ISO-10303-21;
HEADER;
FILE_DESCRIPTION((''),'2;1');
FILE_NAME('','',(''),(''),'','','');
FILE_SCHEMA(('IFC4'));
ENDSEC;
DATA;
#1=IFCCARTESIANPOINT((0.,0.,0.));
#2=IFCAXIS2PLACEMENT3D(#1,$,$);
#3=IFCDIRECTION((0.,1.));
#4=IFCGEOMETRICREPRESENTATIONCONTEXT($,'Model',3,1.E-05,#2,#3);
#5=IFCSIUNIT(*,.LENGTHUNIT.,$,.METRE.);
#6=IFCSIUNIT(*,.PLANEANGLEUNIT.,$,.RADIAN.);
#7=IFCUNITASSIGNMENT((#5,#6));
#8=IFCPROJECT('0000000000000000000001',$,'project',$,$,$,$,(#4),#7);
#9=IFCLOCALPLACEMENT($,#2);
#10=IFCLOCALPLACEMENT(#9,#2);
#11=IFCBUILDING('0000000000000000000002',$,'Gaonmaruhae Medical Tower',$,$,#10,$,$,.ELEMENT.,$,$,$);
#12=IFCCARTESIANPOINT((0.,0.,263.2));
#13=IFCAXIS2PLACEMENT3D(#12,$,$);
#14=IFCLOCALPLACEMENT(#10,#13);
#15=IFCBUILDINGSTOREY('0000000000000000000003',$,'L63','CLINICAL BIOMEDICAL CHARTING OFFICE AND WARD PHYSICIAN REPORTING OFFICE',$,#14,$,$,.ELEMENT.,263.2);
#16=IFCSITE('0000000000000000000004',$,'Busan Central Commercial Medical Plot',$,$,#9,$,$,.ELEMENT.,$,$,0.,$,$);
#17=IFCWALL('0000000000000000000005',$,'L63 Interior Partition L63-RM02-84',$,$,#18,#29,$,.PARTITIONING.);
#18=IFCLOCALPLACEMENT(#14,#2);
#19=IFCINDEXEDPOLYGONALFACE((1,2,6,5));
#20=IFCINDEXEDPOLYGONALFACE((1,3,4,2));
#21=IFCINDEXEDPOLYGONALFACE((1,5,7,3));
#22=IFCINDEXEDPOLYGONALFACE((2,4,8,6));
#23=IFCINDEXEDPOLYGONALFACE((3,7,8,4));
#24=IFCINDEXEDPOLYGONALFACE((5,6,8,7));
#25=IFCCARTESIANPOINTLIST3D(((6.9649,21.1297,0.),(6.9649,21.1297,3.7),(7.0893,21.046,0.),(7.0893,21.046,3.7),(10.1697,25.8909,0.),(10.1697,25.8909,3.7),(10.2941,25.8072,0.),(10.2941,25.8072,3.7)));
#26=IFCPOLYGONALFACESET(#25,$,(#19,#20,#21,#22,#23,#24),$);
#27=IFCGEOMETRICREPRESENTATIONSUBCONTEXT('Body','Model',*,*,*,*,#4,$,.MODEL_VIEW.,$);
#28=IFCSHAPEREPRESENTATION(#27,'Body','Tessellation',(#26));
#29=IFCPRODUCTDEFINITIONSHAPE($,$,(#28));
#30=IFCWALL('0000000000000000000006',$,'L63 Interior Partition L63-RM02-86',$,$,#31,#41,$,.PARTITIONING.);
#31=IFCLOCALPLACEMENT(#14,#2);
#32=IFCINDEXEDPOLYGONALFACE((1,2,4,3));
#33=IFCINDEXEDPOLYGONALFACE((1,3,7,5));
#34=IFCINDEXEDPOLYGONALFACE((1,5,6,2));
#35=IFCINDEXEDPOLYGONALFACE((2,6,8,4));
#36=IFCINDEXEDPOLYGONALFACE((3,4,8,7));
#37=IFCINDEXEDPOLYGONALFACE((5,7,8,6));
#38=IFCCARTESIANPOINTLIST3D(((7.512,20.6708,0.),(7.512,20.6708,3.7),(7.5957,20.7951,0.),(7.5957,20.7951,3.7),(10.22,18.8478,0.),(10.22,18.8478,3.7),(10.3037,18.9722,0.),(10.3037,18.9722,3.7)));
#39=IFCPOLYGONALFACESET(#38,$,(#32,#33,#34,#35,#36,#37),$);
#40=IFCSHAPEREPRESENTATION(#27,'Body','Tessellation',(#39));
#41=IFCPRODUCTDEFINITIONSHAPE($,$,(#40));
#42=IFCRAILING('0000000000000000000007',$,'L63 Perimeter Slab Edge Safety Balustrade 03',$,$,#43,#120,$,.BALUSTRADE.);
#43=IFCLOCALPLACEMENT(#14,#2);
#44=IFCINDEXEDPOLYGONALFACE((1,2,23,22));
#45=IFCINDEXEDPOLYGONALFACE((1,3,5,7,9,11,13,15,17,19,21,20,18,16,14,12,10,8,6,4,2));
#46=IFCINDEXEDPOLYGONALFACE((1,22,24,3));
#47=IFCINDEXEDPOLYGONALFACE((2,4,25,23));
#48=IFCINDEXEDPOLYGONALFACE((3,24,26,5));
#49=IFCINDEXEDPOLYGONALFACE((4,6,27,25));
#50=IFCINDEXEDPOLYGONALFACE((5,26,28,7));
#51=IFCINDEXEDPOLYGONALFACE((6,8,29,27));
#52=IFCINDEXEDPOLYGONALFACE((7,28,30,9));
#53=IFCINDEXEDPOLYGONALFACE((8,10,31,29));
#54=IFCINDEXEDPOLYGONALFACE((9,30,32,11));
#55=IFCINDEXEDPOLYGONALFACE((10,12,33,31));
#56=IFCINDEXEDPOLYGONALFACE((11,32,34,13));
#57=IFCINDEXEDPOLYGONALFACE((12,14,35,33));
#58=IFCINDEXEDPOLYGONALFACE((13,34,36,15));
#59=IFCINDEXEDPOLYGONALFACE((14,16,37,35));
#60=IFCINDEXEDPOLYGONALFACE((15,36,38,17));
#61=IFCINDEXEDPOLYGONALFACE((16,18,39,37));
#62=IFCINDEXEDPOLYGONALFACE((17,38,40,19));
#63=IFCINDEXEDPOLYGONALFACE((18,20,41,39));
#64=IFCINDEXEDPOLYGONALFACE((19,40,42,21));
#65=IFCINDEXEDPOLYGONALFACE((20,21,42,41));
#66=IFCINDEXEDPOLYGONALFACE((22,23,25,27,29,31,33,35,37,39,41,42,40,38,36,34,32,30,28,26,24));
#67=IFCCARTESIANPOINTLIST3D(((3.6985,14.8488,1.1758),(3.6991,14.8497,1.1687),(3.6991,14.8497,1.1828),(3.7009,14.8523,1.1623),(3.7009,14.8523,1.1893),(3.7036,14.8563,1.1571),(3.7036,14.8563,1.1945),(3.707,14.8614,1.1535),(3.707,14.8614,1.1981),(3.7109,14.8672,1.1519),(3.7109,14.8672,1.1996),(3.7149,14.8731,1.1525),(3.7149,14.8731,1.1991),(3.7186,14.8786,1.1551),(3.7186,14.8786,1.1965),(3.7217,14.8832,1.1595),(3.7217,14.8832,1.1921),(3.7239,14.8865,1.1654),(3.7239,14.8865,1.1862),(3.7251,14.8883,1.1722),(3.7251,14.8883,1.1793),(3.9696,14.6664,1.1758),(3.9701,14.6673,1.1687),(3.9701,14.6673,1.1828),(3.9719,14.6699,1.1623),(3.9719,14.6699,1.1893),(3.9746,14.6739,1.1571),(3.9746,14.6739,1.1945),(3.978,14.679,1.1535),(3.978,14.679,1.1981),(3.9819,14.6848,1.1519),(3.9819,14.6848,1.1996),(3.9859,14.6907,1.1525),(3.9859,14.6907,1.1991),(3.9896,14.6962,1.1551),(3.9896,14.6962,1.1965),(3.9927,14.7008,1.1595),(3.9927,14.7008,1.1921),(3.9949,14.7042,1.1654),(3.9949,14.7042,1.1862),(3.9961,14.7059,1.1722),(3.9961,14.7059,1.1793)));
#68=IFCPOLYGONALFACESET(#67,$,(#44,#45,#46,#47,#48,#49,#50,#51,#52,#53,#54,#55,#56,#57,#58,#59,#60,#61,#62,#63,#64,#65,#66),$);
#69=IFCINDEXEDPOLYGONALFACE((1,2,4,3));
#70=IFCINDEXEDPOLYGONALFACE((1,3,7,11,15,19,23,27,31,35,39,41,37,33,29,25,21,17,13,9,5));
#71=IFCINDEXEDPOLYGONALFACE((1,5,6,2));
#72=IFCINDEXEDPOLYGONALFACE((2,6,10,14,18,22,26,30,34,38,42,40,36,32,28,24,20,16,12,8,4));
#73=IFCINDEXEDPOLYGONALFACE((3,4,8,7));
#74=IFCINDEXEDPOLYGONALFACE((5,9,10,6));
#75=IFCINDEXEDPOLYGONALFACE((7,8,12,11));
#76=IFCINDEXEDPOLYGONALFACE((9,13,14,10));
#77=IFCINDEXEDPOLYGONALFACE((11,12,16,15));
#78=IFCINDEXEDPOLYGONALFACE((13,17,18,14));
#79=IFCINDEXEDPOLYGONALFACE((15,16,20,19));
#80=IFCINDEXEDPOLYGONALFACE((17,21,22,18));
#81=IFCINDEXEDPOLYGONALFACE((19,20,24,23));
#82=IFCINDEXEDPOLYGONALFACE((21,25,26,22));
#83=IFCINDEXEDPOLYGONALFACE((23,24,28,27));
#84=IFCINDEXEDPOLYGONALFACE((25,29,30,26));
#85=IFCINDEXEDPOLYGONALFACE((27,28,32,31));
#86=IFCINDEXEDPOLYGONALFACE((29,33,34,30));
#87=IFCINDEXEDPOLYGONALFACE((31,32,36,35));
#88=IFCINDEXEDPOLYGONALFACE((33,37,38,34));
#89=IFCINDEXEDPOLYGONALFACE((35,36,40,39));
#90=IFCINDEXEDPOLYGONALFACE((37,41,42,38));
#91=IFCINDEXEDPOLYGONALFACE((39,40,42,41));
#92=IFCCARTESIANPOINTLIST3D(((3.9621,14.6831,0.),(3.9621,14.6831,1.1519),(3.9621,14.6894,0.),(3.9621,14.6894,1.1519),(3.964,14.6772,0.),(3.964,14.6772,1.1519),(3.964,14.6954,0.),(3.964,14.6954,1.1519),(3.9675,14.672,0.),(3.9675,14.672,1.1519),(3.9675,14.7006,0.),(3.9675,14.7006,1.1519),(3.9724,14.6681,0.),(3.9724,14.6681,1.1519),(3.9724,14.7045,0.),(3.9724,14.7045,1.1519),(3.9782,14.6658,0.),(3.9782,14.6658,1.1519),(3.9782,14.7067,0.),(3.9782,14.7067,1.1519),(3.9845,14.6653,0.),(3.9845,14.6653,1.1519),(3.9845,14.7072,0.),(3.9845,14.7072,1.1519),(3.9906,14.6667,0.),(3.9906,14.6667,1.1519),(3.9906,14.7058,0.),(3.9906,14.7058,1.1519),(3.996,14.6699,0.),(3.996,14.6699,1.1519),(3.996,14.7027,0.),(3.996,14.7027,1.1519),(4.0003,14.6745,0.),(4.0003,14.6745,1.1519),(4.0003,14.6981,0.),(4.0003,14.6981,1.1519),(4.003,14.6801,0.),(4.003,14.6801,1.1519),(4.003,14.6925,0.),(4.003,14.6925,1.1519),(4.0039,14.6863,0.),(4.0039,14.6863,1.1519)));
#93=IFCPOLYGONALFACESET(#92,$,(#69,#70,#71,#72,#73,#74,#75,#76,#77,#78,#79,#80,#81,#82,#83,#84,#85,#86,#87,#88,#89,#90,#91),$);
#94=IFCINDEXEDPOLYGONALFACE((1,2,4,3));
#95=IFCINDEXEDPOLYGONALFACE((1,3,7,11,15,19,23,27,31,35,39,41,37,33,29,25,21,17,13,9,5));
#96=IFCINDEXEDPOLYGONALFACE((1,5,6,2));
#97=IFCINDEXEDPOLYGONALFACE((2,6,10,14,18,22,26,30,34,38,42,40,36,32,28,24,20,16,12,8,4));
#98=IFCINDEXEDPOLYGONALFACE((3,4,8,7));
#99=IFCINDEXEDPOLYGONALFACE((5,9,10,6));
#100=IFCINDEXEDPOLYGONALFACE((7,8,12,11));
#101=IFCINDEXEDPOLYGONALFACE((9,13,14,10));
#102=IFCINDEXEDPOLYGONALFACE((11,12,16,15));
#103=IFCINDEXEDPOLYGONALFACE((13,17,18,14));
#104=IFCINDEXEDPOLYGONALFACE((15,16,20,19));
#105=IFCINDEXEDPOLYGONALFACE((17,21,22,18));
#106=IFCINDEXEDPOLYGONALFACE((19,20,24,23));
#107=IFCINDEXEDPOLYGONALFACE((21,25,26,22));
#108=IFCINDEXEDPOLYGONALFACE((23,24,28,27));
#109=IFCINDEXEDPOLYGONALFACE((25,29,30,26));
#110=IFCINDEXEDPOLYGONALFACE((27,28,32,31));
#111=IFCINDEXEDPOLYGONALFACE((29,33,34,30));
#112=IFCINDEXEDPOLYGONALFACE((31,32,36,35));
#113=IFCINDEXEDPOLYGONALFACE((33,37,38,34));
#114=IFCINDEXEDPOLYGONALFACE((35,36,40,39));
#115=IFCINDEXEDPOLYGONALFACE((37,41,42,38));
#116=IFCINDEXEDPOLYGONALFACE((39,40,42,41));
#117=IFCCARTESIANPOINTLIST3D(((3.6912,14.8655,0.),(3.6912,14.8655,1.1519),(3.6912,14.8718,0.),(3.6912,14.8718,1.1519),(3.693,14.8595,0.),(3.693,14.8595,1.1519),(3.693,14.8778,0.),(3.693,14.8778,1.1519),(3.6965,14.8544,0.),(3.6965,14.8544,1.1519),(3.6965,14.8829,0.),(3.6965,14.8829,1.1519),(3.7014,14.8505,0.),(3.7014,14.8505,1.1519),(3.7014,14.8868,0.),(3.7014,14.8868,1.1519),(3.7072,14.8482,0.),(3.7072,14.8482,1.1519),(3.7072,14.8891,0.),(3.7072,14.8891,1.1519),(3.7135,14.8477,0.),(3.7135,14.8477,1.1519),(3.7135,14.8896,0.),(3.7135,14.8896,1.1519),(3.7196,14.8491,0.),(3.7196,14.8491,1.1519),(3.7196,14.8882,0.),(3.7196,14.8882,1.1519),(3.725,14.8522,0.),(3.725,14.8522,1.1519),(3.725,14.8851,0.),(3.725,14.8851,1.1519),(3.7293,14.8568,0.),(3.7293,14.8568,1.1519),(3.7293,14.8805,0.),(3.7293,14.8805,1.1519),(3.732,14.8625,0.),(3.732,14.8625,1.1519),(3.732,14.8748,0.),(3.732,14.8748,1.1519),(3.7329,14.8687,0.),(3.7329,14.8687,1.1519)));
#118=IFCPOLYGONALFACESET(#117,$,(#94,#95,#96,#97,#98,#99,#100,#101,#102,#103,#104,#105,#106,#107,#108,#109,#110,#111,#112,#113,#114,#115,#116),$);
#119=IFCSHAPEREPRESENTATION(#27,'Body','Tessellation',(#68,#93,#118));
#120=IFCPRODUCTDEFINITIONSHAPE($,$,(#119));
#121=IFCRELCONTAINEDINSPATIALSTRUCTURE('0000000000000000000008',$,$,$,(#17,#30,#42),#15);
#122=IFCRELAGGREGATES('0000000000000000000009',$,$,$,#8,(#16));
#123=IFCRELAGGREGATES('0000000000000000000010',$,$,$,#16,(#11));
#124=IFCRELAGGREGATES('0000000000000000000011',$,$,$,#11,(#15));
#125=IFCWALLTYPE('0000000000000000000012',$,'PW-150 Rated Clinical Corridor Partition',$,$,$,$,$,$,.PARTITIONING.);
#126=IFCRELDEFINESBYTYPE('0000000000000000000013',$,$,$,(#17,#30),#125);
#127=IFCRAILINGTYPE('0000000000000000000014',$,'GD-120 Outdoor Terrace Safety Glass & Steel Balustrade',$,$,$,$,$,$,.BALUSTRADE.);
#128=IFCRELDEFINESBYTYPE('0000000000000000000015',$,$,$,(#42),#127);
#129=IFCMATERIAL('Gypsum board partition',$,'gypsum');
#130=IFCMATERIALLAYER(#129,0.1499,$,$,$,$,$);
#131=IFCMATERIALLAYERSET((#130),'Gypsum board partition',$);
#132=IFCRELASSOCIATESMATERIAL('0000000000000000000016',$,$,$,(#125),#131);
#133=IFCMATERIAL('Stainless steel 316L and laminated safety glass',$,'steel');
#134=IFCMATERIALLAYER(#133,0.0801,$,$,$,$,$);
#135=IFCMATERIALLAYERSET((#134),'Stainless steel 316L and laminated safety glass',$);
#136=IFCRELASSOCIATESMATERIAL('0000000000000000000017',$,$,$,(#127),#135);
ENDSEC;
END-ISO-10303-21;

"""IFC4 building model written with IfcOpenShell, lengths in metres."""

from ifc_helpers import new_model, si_unit, direction, frame, frame_2d, origin, origin_2d, place, context, subcontext, project, spatial, rectangle, circle, extrude, material, layer, layer_set, type_object, element, save


model = new_model("IFC4")

# Units and contexts
model_context = context("Model", 3, precision=1e-05, world=origin(), true_north=direction((0.0, 1.0)))
body_context = subcontext(model_context, "Body", "Model", "MODEL_VIEW")
ifc_project = project(units=[si_unit("LENGTHUNIT", "METRE"), si_unit("PLANEANGLEUNIT", "RADIAN")], contexts=[model_context])

# Site, building, storey
site_placement = place(None, origin())
site = spatial("IfcSite", under=ifc_project, at=site_placement, Name="Busan Central Commercial Medical Plot", CompositionType="ELEMENT", RefElevation=0.0)
building_placement = place(site_placement, origin())
building = spatial("IfcBuilding", under=site, at=building_placement, Name="Gaonmaruhae Medical Tower", CompositionType="ELEMENT")
storey_placement = place(building_placement, frame((0.0, 0.0, 263.2)))
storey = spatial("IfcBuildingStorey", under=building, at=storey_placement, Name="L63", Description="CLINICAL BIOMEDICAL CHARTING OFFICE AND WARD PHYSICIAN REPORTING OFFICE", CompositionType="ELEMENT", Elevation=263.2)

# Walls
ifc_material_1 = material(Name="Gypsum board partition", Category="gypsum")
ifc_layer_1 = layer(ifc_material_1, 0.1499)
ifc_layer_set_1 = layer_set([ifc_layer_1], Name="Gypsum board partition")
wall_type_1 = type_object("IfcWallType", Name="PW-150 Rated Clinical Corridor Partition", PredefinedType="PARTITIONING", material=ifc_layer_set_1)
wall_1_placement = place(storey_placement, frame((7.0271, 21.0879, 0.0), z_axis=(0.0, 0.0, 1.0), x_axis=(0.558396, 0.829575, 0.0)))
element("IfcWall", 1, at=wall_1_placement, inside=storey, type_object=wall_type_1, Name="L63 Interior Partition L63-RM02-84", PredefinedType="PARTITIONING", context=body_context, shape_type="SweptSolid", body=[
    extrude(rectangle(XDim=5.7393, YDim=0.1499, at=frame_2d((2.8696, 0.0))), origin(), (0.0, 0.0, 1.0), 3.7),
])
wall_2_placement = place(storey_placement, frame((10.262, 18.9099, 0.0), z_axis=(0.0, 0.0, 1.0), x_axis=(-0.829545, 0.55844, 0.0)))
element("IfcWall", 2, at=wall_2_placement, inside=storey, type_object=wall_type_1, Name="L63 Interior Partition L63-RM02-86", PredefinedType="PARTITIONING", context=body_context, shape_type="SweptSolid", body=[
    extrude(rectangle(XDim=3.2644, YDim=0.1499, at=frame_2d((1.6323, 0.0))), origin(), (0.0, 0.0, 1.0), 3.7),
])

# Railing
ifc_material_2 = material(Name="Stainless steel 316L and laminated safety glass", Category="steel")
ifc_layer_2 = layer(ifc_material_2, 0.0801)
ifc_layer_set_2 = layer_set([ifc_layer_2], Name="Stainless steel 316L and laminated safety glass")
railing_type_1 = type_object("IfcRailingType", Name="GD-120 Outdoor Terrace Safety Glass & Steel Balustrade", PredefinedType="BALUSTRADE", material=ifc_layer_set_2)
railing_1_placement = place(storey_placement, frame((3.9829, 14.6863, 0.0)))
element("IfcRailing", 3, at=railing_1_placement, inside=storey, type_object=railing_type_1, Name="L63 Perimeter Slab Edge Safety Balustrade 03", PredefinedType="BALUSTRADE", context=body_context, shape_type="SweptSolid", body=[
    extrude(circle(Radius=0.0239, at=origin_2d()), frame((0.0, 0.0, 1.1758), z_axis=(-0.829628, 0.558317, 0.0), x_axis=(-0.558317, -0.829628, 0.0)), (0.0, 0.0, 1.0), 0.3267),
    extrude(circle(Radius=0.021, at=origin_2d()), origin(), (0.0, 0.0, 1.0), 1.1519),
    extrude(circle(Radius=0.021, at=origin_2d()), frame((-0.271, 0.1824, 0.0)), (0.0, 0.0, 1.0), 1.1519),
])

save(model, "model.ifc")
